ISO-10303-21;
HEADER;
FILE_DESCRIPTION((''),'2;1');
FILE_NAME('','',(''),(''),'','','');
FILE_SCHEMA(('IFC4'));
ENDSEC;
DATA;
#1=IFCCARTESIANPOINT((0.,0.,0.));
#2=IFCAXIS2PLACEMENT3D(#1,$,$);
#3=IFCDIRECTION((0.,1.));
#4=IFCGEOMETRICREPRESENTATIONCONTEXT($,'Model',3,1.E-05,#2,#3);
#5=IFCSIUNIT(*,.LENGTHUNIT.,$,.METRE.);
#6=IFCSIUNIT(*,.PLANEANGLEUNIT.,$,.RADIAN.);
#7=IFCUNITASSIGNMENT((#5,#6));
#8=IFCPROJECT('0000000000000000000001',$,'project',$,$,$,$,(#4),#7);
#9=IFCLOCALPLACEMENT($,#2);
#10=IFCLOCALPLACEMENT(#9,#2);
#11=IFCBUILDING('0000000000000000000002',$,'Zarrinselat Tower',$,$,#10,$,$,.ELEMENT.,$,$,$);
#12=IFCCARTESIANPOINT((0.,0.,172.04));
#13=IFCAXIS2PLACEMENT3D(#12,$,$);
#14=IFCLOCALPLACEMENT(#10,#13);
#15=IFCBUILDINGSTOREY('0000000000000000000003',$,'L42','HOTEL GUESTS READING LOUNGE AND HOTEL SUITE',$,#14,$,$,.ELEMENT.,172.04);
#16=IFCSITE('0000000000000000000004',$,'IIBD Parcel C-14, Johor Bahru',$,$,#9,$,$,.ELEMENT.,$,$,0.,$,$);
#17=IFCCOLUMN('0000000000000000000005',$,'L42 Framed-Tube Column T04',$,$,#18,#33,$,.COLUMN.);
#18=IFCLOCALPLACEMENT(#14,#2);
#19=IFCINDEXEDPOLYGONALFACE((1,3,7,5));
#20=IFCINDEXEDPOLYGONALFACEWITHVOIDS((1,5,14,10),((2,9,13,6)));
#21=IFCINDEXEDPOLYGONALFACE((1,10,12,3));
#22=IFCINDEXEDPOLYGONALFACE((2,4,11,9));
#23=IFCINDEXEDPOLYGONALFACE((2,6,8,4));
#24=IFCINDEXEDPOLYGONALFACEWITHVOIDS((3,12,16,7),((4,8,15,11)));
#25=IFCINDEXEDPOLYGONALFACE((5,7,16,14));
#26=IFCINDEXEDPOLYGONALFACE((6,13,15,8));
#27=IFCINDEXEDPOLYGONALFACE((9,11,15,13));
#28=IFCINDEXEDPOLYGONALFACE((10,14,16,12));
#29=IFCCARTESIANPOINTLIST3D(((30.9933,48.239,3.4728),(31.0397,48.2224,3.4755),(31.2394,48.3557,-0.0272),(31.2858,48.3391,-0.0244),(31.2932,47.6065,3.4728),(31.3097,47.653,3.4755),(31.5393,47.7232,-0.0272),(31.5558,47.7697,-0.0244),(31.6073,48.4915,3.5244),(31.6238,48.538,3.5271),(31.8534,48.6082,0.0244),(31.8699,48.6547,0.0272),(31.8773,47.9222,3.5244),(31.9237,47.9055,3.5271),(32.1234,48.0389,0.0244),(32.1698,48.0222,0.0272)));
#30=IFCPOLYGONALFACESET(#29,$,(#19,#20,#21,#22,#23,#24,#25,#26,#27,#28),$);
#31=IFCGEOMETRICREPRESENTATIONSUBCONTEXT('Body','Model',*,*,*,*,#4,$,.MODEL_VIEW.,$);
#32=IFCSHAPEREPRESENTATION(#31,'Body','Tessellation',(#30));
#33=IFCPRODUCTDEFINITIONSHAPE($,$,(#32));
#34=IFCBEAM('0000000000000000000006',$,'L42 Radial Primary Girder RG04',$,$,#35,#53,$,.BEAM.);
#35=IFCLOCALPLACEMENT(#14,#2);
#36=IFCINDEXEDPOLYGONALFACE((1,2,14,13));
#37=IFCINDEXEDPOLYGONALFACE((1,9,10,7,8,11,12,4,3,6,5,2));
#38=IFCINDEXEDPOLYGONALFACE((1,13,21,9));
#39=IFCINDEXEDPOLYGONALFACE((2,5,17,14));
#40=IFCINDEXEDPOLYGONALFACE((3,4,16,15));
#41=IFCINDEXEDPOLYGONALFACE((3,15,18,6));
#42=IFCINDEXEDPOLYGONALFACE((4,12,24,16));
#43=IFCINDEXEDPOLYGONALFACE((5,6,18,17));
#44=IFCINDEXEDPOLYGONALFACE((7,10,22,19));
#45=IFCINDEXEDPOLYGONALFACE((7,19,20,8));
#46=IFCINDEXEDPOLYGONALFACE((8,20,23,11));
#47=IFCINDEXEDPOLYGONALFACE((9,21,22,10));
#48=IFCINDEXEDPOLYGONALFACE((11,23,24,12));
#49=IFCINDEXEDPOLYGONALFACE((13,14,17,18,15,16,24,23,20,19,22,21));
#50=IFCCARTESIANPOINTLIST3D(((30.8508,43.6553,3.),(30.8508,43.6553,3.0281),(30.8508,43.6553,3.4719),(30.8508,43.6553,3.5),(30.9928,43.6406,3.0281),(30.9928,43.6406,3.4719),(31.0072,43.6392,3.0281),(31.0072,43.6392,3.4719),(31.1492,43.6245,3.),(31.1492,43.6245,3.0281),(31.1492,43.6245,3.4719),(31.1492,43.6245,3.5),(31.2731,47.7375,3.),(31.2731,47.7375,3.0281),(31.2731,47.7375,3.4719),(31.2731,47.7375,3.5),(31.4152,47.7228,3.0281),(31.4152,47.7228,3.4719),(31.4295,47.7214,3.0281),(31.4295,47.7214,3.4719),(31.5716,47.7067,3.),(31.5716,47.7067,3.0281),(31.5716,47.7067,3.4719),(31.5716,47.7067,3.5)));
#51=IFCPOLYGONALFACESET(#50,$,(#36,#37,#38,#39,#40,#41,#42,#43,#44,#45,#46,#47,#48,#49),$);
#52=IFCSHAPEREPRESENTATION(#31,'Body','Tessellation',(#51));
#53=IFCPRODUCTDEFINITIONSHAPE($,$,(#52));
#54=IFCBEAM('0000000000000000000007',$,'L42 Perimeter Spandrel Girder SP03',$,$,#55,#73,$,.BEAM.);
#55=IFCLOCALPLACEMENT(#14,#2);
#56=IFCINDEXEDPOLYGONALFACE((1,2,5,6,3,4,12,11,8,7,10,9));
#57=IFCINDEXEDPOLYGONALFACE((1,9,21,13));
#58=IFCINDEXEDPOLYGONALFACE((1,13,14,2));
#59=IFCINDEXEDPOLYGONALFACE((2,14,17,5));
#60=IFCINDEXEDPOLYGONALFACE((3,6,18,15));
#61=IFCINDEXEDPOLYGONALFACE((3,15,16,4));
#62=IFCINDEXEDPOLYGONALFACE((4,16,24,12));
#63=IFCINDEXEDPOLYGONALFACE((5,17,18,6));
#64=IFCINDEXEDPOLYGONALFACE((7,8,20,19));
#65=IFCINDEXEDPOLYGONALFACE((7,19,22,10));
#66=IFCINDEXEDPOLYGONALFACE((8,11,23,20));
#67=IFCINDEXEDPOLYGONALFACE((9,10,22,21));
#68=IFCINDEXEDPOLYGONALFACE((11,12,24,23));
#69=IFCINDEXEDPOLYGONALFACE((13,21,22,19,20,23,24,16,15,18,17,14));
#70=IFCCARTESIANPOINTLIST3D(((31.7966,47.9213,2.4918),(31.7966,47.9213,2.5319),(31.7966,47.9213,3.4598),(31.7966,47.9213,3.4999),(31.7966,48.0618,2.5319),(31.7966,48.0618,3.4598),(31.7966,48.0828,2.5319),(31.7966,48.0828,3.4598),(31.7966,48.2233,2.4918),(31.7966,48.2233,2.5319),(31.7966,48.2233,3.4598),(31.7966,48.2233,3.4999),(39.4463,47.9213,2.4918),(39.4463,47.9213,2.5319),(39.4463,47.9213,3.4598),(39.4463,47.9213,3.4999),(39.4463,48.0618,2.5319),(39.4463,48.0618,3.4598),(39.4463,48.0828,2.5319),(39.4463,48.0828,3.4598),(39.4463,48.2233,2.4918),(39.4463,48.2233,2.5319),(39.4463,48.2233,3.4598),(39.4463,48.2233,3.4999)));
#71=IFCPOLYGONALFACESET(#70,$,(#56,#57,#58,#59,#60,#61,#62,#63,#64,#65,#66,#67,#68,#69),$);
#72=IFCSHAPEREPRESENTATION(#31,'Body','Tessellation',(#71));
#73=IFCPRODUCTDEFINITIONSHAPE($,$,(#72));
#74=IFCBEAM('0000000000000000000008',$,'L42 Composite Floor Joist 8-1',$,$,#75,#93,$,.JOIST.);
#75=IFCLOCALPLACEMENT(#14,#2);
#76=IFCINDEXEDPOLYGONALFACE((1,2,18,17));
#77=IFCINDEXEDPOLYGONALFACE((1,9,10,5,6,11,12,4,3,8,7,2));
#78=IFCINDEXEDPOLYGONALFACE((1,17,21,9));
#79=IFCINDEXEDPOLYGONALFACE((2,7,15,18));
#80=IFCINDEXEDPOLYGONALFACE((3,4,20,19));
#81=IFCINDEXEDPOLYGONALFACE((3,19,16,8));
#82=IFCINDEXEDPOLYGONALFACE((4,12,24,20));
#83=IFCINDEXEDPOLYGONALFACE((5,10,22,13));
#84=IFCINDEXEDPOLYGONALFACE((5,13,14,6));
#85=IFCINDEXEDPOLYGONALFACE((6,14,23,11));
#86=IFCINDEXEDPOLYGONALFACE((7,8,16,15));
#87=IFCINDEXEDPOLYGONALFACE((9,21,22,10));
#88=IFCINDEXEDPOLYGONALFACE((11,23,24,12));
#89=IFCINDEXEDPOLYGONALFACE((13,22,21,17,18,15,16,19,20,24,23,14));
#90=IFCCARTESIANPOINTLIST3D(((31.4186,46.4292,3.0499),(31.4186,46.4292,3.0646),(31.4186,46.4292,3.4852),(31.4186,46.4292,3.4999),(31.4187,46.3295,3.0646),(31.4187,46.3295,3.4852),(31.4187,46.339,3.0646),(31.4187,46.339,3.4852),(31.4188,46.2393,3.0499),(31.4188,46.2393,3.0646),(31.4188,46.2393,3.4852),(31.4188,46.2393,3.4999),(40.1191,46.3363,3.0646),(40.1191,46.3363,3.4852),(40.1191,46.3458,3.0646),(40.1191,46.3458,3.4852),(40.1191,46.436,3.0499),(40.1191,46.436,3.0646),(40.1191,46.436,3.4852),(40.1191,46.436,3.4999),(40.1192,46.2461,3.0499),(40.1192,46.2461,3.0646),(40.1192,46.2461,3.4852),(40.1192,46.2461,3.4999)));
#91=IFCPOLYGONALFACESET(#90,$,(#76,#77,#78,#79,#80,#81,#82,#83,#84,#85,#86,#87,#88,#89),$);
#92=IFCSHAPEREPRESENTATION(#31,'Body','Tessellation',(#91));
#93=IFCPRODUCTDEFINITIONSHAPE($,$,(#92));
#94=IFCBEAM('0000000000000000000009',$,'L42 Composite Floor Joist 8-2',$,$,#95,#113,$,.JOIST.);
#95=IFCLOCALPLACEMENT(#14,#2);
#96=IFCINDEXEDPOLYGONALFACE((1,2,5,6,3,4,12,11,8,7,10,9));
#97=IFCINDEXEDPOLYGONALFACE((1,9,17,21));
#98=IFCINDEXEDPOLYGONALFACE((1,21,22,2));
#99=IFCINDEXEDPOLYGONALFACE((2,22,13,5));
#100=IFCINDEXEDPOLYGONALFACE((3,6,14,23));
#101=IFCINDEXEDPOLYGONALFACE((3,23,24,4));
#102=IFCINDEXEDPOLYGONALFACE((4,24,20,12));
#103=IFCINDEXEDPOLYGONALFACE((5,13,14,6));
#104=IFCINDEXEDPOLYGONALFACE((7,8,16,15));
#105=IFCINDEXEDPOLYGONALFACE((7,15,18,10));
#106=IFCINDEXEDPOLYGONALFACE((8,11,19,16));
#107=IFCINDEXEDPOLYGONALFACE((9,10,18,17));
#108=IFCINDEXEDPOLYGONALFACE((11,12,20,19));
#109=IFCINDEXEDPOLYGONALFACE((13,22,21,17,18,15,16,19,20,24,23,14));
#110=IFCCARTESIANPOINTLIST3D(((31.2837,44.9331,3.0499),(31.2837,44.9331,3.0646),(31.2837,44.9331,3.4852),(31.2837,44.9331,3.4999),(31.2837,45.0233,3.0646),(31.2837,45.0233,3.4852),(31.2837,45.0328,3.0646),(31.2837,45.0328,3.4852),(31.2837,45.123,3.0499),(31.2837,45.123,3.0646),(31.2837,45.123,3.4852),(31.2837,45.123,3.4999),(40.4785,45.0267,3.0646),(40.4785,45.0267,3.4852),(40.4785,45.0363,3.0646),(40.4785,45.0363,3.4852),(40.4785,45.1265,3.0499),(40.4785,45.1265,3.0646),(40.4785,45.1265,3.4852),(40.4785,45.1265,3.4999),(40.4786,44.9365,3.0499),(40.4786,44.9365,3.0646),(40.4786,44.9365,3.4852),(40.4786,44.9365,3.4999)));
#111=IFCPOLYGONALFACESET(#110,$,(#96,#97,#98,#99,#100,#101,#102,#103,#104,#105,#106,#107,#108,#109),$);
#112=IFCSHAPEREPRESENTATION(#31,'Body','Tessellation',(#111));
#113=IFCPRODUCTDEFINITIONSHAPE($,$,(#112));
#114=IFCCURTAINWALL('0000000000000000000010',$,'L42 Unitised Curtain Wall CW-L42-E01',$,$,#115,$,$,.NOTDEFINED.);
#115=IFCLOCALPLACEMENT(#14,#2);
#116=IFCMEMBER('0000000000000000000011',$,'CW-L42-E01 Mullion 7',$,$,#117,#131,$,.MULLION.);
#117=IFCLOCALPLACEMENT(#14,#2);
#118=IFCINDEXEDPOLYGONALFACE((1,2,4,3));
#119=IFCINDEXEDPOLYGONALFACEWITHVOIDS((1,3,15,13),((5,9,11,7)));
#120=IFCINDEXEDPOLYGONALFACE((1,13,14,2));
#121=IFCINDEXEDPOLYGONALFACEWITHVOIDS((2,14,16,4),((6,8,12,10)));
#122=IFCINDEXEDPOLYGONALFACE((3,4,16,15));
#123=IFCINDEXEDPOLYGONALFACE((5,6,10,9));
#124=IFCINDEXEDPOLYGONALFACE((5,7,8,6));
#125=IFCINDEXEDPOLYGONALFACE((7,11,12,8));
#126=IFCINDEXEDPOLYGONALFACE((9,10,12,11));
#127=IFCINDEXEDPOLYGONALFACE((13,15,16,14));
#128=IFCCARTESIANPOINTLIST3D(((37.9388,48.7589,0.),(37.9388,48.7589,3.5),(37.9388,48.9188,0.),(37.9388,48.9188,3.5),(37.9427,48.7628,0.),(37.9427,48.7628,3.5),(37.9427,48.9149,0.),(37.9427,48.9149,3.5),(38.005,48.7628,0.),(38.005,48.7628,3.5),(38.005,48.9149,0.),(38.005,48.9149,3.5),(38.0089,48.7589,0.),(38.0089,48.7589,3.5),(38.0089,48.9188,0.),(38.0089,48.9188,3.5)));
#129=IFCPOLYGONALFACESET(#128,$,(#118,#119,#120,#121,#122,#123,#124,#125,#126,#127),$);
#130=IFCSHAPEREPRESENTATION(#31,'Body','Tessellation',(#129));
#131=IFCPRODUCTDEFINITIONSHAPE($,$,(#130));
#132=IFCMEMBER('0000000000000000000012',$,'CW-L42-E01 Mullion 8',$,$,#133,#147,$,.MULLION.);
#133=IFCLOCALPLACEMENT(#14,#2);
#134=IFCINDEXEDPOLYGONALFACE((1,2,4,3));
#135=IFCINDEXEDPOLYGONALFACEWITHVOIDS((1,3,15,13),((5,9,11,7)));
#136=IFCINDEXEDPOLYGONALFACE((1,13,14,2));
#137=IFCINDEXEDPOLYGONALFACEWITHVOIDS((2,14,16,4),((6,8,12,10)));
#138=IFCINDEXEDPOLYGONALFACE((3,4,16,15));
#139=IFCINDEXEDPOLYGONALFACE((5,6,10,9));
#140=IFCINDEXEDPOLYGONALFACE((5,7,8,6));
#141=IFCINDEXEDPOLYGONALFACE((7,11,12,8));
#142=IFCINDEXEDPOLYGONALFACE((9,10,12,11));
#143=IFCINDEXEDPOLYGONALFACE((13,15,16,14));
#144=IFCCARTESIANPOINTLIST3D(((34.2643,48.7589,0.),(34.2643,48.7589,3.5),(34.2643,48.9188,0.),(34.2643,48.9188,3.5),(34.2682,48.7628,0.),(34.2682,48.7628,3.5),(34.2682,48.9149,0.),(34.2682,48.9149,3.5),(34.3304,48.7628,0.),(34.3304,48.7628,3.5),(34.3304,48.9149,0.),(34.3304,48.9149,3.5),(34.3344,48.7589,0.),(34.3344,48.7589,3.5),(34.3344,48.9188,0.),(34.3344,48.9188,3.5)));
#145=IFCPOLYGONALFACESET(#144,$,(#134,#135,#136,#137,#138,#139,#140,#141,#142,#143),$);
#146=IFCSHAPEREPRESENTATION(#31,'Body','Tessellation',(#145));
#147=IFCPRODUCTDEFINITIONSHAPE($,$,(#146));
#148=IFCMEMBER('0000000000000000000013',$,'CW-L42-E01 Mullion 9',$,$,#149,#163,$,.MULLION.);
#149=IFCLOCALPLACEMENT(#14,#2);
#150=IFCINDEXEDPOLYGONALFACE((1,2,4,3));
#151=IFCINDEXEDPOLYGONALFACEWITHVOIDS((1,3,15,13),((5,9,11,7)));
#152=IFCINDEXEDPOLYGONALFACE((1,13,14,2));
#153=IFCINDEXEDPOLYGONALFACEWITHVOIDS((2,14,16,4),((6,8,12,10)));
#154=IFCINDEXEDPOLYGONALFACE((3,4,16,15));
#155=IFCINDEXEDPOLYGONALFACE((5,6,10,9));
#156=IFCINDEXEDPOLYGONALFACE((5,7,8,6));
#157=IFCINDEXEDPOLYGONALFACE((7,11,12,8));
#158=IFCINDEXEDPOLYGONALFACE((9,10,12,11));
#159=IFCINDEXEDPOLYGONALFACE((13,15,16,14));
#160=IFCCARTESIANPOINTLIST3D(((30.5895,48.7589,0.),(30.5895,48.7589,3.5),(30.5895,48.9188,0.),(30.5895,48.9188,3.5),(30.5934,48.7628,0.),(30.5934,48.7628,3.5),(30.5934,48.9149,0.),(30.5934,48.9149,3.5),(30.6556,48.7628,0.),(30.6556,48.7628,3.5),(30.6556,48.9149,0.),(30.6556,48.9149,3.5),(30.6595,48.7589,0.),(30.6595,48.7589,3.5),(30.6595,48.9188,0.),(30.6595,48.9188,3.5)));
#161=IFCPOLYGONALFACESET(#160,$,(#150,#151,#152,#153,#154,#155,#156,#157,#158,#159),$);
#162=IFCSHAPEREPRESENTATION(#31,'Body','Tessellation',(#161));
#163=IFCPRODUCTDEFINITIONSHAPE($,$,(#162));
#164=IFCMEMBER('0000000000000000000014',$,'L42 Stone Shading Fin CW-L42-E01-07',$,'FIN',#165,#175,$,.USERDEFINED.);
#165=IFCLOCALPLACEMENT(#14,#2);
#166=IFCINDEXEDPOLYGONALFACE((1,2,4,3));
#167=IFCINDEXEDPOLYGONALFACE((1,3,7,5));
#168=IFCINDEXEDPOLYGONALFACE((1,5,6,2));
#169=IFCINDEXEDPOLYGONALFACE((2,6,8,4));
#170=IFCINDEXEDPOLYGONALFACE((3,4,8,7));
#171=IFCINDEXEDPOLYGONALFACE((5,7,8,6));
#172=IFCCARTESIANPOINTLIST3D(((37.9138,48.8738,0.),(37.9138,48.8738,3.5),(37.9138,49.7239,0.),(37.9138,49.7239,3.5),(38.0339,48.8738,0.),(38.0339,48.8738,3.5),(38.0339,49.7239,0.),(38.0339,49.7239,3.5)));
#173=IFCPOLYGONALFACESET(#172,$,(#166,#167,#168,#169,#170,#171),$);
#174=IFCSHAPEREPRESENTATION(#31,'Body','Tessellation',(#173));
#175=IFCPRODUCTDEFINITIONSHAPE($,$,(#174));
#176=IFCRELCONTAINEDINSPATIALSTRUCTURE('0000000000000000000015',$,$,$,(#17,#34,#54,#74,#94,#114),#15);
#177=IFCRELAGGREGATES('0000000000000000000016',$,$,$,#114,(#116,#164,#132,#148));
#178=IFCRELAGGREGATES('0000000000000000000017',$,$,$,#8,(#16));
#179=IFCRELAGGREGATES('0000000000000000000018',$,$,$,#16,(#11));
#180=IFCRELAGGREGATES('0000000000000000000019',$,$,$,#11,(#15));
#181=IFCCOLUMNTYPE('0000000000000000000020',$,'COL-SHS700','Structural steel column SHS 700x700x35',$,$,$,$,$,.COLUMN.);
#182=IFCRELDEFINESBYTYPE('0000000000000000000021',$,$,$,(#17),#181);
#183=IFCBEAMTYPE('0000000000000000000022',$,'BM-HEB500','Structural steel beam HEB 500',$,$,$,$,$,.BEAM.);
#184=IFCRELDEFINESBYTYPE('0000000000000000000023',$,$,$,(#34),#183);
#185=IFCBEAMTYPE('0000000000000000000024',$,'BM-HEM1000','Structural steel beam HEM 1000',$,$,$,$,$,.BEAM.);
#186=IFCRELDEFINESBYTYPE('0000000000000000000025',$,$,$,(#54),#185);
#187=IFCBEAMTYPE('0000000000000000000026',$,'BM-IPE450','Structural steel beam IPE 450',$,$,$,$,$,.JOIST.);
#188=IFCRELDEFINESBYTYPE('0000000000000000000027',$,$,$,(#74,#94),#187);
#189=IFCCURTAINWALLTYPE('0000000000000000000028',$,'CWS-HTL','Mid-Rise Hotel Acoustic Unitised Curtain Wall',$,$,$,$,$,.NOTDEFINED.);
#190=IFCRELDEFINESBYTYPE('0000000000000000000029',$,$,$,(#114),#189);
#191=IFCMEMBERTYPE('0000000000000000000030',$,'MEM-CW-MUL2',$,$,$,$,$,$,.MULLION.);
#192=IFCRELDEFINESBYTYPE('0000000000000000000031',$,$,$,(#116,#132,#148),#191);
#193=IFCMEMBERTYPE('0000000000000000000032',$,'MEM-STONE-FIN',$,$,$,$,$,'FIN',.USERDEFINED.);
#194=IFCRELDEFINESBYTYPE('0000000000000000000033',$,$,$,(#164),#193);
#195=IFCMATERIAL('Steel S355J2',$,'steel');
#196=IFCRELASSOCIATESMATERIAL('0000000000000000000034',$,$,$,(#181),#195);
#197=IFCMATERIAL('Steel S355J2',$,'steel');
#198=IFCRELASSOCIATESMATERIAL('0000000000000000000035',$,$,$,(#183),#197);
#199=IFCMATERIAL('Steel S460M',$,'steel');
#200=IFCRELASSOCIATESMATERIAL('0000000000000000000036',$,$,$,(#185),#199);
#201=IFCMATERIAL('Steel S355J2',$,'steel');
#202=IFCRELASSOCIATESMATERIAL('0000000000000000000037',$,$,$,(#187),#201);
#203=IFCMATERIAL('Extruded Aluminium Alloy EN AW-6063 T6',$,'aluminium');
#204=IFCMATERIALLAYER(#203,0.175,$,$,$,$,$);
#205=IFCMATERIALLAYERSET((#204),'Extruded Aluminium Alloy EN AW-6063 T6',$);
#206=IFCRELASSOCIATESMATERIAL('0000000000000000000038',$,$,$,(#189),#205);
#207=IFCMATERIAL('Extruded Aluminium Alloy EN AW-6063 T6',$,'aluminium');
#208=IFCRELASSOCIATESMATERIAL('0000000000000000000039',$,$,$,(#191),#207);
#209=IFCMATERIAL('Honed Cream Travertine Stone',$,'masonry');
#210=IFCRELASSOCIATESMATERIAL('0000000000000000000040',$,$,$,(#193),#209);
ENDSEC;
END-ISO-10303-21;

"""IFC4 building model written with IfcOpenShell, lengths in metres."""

from ifc_helpers import new_model, si_unit, direction, frame, origin, origin_2d, place, context, subcontext, project, spatial, rectangle, hollow_rectangle, i_section, extrude, material, layer, layer_set, material_profile, profile_set, type_object, element, aggregate, save


model = new_model("IFC4")

# Units and contexts
model_context = context("Model", 3, precision=1e-05, world=origin(), true_north=direction((0.0, 1.0)))
body_context = subcontext(model_context, "Body", "Model", "MODEL_VIEW")
ifc_project = project(units=[si_unit("LENGTHUNIT", "METRE"), si_unit("PLANEANGLEUNIT", "RADIAN")], contexts=[model_context])

# Site, building, storey
site_placement = place(None, origin())
site = spatial("IfcSite", under=ifc_project, at=site_placement, Name="IIBD Parcel C-14, Johor Bahru", CompositionType="ELEMENT", RefElevation=0.0)
building_placement = place(site_placement, origin())
building = spatial("IfcBuilding", under=site, at=building_placement, Name="Zarrinselat Tower", CompositionType="ELEMENT")
storey_placement = place(building_placement, frame((0.0, 0.0, 172.04)))
storey = spatial("IfcBuildingStorey", under=building, at=storey_placement, Name="L42", Description="HOTEL GUESTS READING LOUNGE AND HOTEL SUITE", CompositionType="ELEMENT", Elevation=172.04)

# Column
ifc_material_1 = material(Name="Steel S355J2", Category="steel")
ifc_material_profile_1 = material_profile(ifc_material_1, hollow_rectangle(XDim=0.7, YDim=0.7, WallThickness=0.0349, at=origin_2d()), Name="SHS 700x700x35")
ifc_profile_set_1 = profile_set([ifc_material_profile_1], Name="Steel S355J2")
column_type = type_object("IfcColumnType", Name="COL-SHS700", Description="Structural steel column SHS 700x700x35", PredefinedType="COLUMN", material=ifc_profile_set_1)
column_placement = place(storey_placement, frame((31.7046, 48.189, 0.0), z_axis=(-0.070101, -0.033242, 0.996986), x_axis=(0.428472, -0.903555, 0.0)))
element("IfcColumn", 1, at=column_placement, inside=storey, type_object=column_type, Name="L42 Framed-Tube Column T04", PredefinedType="COLUMN", context=body_context, shape_type="SweptSolid", body=[
    extrude(hollow_rectangle(XDim=0.7, YDim=0.7, WallThickness=0.0349, at=origin_2d()), origin(), (0.0, 0.0, 1.0), 3.5105),
])

# Beams
ifc_material_2 = material(Name="Steel S355J2", Category="steel")
ifc_material_profile_2 = material_profile(ifc_material_2, i_section(OverallWidth=0.3, OverallDepth=0.5, WebThickness=0.0144, FlangeThickness=0.0281, at=origin_2d()), Name="HEB 500")
ifc_profile_set_2 = profile_set([ifc_material_profile_2], Name="Steel S355J2")
beam_type_1 = type_object("IfcBeamType", Name="BM-HEB500", Description="Structural steel beam HEB 500", PredefinedType="BEAM", material=ifc_profile_set_2)
beam_1_placement = place(storey_placement, frame((31.0, 43.6399, 3.25), z_axis=(0.102913, 0.99469, 0.0), x_axis=(-0.99469, 0.102913, 0.0)))
element("IfcBeam", 2, at=beam_1_placement, inside=storey, type_object=beam_type_1, Name="L42 Radial Primary Girder RG04", PredefinedType="BEAM", context=body_context, shape_type="SweptSolid", body=[
    extrude(i_section(OverallWidth=0.3, OverallDepth=0.5, WebThickness=0.0144, FlangeThickness=0.0281, at=origin_2d()), origin(), (0.0, 0.0, 1.0), 4.104),
])
ifc_material_3 = material(Name="Steel S460M", Category="steel")
ifc_material_profile_3 = material_profile(ifc_material_3, i_section(OverallWidth=0.302, OverallDepth=1.0081, WebThickness=0.021, FlangeThickness=0.04, at=origin_2d()), Name="HEM 1000")
ifc_profile_set_3 = profile_set([ifc_material_profile_3], Name="Steel S460M")
beam_type_2 = type_object("IfcBeamType", Name="BM-HEM1000", Description="Structural steel beam HEM 1000", PredefinedType="BEAM", material=ifc_profile_set_3)
beam_2_placement = place(storey_placement, frame((31.7966, 48.0723, 2.9958), z_axis=(1.0, 0.0, 0.0), x_axis=(0.0, 1.0, 0.0)))
element("IfcBeam", 3, at=beam_2_placement, inside=storey, type_object=beam_type_2, Name="L42 Perimeter Spandrel Girder SP03", PredefinedType="BEAM", context=body_context, shape_type="SweptSolid", body=[
    extrude(i_section(OverallWidth=0.302, OverallDepth=1.0081, WebThickness=0.021, FlangeThickness=0.04, at=origin_2d()), origin(), (0.0, 0.0, 1.0), 7.6497),
])
ifc_material_4 = material(Name="Steel S355J2", Category="steel")
ifc_material_profile_4 = material_profile(ifc_material_4, i_section(OverallWidth=0.1899, OverallDepth=0.45, WebThickness=0.0095, FlangeThickness=0.0146, at=origin_2d()), Name="IPE 450")
ifc_profile_set_4 = profile_set([ifc_material_profile_4], Name="Steel S355J2")
beam_type_3 = type_object("IfcBeamType", Name="BM-IPE450", Description="Structural steel beam IPE 450", PredefinedType="JOIST", material=ifc_profile_set_4)
beam_3_placement = place(storey_placement, frame((31.4187, 46.3342, 3.2749), z_axis=(1.0, 0.000786, 0.0), x_axis=(-0.000786, 1.0, 0.0)))
element("IfcBeam", 4, at=beam_3_placement, inside=storey, type_object=beam_type_3, Name="L42 Composite Floor Joist 8-1", PredefinedType="JOIST", context=body_context, shape_type="SweptSolid", body=[
    extrude(i_section(OverallWidth=0.1899, OverallDepth=0.45, WebThickness=0.0095, FlangeThickness=0.0146, at=origin_2d()), origin(), (0.0, 0.0, 1.0), 8.7004),
])
beam_4_placement = place(storey_placement, frame((31.2837, 45.0281, 3.2749), z_axis=(1.0, 0.000372, 0.0), x_axis=(-0.000372, 1.0, 0.0)))
element("IfcBeam", 5, at=beam_4_placement, inside=storey, type_object=beam_type_3, Name="L42 Composite Floor Joist 8-2", PredefinedType="JOIST", context=body_context, shape_type="SweptSolid", body=[
    extrude(i_section(OverallWidth=0.1899, OverallDepth=0.45, WebThickness=0.0095, FlangeThickness=0.0146, at=origin_2d()), origin(), (0.0, 0.0, 1.0), 9.1948),
])

# Curtain wall, members
ifc_material_5 = material(Name="Extruded Aluminium Alloy EN AW-6063 T6", Category="aluminium")
ifc_layer_1 = layer(ifc_material_5, 0.175)
ifc_layer_set_1 = layer_set([ifc_layer_1], Name="Extruded Aluminium Alloy EN AW-6063 T6")
curtain_wall_type = type_object("IfcCurtainWallType", Name="CWS-HTL", Description="Mid-Rise Hotel Acoustic Unitised Curtain Wall", PredefinedType="NOTDEFINED", material=ifc_layer_set_1)
curtain_wall_placement = place(storey_placement, origin())
curtain_wall = element("IfcCurtainWall", 6, at=curtain_wall_placement, inside=storey, type_object=curtain_wall_type, Name="L42 Unitised Curtain Wall CW-L42-E01", PredefinedType="NOTDEFINED")
ifc_material_6 = material(Name="Extruded Aluminium Alloy EN AW-6063 T6", Category="aluminium")
ifc_material_profile_5 = material_profile(ifc_material_6, hollow_rectangle(XDim=0.0701, YDim=0.1599, WallThickness=0.0039, at=origin_2d()), Name="RHS 160x70x4")
ifc_profile_set_5 = profile_set([ifc_material_profile_5], Name="Extruded Aluminium Alloy EN AW-6063 T6")
member_type_1 = type_object("IfcMemberType", Name="MEM-CW-MUL2", PredefinedType="MULLION", material=ifc_profile_set_5)
member_1_placement = place(storey_placement, frame((37.9739, 48.8389, 0.0), z_axis=(0.0, 0.0, 1.0), x_axis=(-1.0, 0.0, 0.0)))
member_1 = element("IfcMember", 7, at=member_1_placement, type_object=member_type_1, Name="CW-L42-E01 Mullion 7", PredefinedType="MULLION", context=body_context, shape_type="SweptSolid", body=[
    extrude(hollow_rectangle(XDim=0.0701, YDim=0.1599, WallThickness=0.0039, at=origin_2d()), origin(), (0.0, 0.0, 1.0), 3.5),
])
member_2_placement = place(storey_placement, frame((34.2993, 48.8389, 0.0), z_axis=(0.0, 0.0, 1.0), x_axis=(-1.0, 0.0, 0.0)))
member_2 = element("IfcMember", 8, at=member_2_placement, type_object=member_type_1, Name="CW-L42-E01 Mullion 8", PredefinedType="MULLION", context=body_context, shape_type="SweptSolid", body=[
    extrude(hollow_rectangle(XDim=0.0701, YDim=0.1599, WallThickness=0.0039, at=origin_2d()), origin(), (0.0, 0.0, 1.0), 3.5),
])
member_3_placement = place(storey_placement, frame((30.6245, 48.8389, 0.0), z_axis=(0.0, 0.0, 1.0), x_axis=(-1.0, 0.0, 0.0)))
member_3 = element("IfcMember", 9, at=member_3_placement, type_object=member_type_1, Name="CW-L42-E01 Mullion 9", PredefinedType="MULLION", context=body_context, shape_type="SweptSolid", body=[
    extrude(hollow_rectangle(XDim=0.0701, YDim=0.1599, WallThickness=0.0039, at=origin_2d()), origin(), (0.0, 0.0, 1.0), 3.5),
])
ifc_material_7 = material(Name="Honed Cream Travertine Stone", Category="masonry")
ifc_material_profile_6 = material_profile(ifc_material_7, rectangle(XDim=0.1201, YDim=0.8501, at=origin_2d()), Name="FIN 850x120")
ifc_profile_set_6 = profile_set([ifc_material_profile_6], Name="Honed Cream Travertine Stone")
member_type_2 = type_object("IfcMemberType", Name="MEM-STONE-FIN", ElementType="FIN", PredefinedType="USERDEFINED", material=ifc_profile_set_6)
member_4_placement = place(storey_placement, frame((37.9739, 49.2988, 0.0), z_axis=(0.0, 0.0, 1.0), x_axis=(1.0, 0.0, 0.0)))
member_4 = element("IfcMember", 10, at=member_4_placement, type_object=member_type_2, Name="L42 Stone Shading Fin CW-L42-E01-07", ObjectType="FIN", PredefinedType="USERDEFINED", context=body_context, shape_type="SweptSolid", body=[
    extrude(rectangle(XDim=0.1201, YDim=0.8501, at=origin_2d()), origin(), (0.0, 0.0, 1.0), 3.5),
])
aggregate(curtain_wall, [member_1, member_4, member_2, member_3])

save(model, "model.ifc")
